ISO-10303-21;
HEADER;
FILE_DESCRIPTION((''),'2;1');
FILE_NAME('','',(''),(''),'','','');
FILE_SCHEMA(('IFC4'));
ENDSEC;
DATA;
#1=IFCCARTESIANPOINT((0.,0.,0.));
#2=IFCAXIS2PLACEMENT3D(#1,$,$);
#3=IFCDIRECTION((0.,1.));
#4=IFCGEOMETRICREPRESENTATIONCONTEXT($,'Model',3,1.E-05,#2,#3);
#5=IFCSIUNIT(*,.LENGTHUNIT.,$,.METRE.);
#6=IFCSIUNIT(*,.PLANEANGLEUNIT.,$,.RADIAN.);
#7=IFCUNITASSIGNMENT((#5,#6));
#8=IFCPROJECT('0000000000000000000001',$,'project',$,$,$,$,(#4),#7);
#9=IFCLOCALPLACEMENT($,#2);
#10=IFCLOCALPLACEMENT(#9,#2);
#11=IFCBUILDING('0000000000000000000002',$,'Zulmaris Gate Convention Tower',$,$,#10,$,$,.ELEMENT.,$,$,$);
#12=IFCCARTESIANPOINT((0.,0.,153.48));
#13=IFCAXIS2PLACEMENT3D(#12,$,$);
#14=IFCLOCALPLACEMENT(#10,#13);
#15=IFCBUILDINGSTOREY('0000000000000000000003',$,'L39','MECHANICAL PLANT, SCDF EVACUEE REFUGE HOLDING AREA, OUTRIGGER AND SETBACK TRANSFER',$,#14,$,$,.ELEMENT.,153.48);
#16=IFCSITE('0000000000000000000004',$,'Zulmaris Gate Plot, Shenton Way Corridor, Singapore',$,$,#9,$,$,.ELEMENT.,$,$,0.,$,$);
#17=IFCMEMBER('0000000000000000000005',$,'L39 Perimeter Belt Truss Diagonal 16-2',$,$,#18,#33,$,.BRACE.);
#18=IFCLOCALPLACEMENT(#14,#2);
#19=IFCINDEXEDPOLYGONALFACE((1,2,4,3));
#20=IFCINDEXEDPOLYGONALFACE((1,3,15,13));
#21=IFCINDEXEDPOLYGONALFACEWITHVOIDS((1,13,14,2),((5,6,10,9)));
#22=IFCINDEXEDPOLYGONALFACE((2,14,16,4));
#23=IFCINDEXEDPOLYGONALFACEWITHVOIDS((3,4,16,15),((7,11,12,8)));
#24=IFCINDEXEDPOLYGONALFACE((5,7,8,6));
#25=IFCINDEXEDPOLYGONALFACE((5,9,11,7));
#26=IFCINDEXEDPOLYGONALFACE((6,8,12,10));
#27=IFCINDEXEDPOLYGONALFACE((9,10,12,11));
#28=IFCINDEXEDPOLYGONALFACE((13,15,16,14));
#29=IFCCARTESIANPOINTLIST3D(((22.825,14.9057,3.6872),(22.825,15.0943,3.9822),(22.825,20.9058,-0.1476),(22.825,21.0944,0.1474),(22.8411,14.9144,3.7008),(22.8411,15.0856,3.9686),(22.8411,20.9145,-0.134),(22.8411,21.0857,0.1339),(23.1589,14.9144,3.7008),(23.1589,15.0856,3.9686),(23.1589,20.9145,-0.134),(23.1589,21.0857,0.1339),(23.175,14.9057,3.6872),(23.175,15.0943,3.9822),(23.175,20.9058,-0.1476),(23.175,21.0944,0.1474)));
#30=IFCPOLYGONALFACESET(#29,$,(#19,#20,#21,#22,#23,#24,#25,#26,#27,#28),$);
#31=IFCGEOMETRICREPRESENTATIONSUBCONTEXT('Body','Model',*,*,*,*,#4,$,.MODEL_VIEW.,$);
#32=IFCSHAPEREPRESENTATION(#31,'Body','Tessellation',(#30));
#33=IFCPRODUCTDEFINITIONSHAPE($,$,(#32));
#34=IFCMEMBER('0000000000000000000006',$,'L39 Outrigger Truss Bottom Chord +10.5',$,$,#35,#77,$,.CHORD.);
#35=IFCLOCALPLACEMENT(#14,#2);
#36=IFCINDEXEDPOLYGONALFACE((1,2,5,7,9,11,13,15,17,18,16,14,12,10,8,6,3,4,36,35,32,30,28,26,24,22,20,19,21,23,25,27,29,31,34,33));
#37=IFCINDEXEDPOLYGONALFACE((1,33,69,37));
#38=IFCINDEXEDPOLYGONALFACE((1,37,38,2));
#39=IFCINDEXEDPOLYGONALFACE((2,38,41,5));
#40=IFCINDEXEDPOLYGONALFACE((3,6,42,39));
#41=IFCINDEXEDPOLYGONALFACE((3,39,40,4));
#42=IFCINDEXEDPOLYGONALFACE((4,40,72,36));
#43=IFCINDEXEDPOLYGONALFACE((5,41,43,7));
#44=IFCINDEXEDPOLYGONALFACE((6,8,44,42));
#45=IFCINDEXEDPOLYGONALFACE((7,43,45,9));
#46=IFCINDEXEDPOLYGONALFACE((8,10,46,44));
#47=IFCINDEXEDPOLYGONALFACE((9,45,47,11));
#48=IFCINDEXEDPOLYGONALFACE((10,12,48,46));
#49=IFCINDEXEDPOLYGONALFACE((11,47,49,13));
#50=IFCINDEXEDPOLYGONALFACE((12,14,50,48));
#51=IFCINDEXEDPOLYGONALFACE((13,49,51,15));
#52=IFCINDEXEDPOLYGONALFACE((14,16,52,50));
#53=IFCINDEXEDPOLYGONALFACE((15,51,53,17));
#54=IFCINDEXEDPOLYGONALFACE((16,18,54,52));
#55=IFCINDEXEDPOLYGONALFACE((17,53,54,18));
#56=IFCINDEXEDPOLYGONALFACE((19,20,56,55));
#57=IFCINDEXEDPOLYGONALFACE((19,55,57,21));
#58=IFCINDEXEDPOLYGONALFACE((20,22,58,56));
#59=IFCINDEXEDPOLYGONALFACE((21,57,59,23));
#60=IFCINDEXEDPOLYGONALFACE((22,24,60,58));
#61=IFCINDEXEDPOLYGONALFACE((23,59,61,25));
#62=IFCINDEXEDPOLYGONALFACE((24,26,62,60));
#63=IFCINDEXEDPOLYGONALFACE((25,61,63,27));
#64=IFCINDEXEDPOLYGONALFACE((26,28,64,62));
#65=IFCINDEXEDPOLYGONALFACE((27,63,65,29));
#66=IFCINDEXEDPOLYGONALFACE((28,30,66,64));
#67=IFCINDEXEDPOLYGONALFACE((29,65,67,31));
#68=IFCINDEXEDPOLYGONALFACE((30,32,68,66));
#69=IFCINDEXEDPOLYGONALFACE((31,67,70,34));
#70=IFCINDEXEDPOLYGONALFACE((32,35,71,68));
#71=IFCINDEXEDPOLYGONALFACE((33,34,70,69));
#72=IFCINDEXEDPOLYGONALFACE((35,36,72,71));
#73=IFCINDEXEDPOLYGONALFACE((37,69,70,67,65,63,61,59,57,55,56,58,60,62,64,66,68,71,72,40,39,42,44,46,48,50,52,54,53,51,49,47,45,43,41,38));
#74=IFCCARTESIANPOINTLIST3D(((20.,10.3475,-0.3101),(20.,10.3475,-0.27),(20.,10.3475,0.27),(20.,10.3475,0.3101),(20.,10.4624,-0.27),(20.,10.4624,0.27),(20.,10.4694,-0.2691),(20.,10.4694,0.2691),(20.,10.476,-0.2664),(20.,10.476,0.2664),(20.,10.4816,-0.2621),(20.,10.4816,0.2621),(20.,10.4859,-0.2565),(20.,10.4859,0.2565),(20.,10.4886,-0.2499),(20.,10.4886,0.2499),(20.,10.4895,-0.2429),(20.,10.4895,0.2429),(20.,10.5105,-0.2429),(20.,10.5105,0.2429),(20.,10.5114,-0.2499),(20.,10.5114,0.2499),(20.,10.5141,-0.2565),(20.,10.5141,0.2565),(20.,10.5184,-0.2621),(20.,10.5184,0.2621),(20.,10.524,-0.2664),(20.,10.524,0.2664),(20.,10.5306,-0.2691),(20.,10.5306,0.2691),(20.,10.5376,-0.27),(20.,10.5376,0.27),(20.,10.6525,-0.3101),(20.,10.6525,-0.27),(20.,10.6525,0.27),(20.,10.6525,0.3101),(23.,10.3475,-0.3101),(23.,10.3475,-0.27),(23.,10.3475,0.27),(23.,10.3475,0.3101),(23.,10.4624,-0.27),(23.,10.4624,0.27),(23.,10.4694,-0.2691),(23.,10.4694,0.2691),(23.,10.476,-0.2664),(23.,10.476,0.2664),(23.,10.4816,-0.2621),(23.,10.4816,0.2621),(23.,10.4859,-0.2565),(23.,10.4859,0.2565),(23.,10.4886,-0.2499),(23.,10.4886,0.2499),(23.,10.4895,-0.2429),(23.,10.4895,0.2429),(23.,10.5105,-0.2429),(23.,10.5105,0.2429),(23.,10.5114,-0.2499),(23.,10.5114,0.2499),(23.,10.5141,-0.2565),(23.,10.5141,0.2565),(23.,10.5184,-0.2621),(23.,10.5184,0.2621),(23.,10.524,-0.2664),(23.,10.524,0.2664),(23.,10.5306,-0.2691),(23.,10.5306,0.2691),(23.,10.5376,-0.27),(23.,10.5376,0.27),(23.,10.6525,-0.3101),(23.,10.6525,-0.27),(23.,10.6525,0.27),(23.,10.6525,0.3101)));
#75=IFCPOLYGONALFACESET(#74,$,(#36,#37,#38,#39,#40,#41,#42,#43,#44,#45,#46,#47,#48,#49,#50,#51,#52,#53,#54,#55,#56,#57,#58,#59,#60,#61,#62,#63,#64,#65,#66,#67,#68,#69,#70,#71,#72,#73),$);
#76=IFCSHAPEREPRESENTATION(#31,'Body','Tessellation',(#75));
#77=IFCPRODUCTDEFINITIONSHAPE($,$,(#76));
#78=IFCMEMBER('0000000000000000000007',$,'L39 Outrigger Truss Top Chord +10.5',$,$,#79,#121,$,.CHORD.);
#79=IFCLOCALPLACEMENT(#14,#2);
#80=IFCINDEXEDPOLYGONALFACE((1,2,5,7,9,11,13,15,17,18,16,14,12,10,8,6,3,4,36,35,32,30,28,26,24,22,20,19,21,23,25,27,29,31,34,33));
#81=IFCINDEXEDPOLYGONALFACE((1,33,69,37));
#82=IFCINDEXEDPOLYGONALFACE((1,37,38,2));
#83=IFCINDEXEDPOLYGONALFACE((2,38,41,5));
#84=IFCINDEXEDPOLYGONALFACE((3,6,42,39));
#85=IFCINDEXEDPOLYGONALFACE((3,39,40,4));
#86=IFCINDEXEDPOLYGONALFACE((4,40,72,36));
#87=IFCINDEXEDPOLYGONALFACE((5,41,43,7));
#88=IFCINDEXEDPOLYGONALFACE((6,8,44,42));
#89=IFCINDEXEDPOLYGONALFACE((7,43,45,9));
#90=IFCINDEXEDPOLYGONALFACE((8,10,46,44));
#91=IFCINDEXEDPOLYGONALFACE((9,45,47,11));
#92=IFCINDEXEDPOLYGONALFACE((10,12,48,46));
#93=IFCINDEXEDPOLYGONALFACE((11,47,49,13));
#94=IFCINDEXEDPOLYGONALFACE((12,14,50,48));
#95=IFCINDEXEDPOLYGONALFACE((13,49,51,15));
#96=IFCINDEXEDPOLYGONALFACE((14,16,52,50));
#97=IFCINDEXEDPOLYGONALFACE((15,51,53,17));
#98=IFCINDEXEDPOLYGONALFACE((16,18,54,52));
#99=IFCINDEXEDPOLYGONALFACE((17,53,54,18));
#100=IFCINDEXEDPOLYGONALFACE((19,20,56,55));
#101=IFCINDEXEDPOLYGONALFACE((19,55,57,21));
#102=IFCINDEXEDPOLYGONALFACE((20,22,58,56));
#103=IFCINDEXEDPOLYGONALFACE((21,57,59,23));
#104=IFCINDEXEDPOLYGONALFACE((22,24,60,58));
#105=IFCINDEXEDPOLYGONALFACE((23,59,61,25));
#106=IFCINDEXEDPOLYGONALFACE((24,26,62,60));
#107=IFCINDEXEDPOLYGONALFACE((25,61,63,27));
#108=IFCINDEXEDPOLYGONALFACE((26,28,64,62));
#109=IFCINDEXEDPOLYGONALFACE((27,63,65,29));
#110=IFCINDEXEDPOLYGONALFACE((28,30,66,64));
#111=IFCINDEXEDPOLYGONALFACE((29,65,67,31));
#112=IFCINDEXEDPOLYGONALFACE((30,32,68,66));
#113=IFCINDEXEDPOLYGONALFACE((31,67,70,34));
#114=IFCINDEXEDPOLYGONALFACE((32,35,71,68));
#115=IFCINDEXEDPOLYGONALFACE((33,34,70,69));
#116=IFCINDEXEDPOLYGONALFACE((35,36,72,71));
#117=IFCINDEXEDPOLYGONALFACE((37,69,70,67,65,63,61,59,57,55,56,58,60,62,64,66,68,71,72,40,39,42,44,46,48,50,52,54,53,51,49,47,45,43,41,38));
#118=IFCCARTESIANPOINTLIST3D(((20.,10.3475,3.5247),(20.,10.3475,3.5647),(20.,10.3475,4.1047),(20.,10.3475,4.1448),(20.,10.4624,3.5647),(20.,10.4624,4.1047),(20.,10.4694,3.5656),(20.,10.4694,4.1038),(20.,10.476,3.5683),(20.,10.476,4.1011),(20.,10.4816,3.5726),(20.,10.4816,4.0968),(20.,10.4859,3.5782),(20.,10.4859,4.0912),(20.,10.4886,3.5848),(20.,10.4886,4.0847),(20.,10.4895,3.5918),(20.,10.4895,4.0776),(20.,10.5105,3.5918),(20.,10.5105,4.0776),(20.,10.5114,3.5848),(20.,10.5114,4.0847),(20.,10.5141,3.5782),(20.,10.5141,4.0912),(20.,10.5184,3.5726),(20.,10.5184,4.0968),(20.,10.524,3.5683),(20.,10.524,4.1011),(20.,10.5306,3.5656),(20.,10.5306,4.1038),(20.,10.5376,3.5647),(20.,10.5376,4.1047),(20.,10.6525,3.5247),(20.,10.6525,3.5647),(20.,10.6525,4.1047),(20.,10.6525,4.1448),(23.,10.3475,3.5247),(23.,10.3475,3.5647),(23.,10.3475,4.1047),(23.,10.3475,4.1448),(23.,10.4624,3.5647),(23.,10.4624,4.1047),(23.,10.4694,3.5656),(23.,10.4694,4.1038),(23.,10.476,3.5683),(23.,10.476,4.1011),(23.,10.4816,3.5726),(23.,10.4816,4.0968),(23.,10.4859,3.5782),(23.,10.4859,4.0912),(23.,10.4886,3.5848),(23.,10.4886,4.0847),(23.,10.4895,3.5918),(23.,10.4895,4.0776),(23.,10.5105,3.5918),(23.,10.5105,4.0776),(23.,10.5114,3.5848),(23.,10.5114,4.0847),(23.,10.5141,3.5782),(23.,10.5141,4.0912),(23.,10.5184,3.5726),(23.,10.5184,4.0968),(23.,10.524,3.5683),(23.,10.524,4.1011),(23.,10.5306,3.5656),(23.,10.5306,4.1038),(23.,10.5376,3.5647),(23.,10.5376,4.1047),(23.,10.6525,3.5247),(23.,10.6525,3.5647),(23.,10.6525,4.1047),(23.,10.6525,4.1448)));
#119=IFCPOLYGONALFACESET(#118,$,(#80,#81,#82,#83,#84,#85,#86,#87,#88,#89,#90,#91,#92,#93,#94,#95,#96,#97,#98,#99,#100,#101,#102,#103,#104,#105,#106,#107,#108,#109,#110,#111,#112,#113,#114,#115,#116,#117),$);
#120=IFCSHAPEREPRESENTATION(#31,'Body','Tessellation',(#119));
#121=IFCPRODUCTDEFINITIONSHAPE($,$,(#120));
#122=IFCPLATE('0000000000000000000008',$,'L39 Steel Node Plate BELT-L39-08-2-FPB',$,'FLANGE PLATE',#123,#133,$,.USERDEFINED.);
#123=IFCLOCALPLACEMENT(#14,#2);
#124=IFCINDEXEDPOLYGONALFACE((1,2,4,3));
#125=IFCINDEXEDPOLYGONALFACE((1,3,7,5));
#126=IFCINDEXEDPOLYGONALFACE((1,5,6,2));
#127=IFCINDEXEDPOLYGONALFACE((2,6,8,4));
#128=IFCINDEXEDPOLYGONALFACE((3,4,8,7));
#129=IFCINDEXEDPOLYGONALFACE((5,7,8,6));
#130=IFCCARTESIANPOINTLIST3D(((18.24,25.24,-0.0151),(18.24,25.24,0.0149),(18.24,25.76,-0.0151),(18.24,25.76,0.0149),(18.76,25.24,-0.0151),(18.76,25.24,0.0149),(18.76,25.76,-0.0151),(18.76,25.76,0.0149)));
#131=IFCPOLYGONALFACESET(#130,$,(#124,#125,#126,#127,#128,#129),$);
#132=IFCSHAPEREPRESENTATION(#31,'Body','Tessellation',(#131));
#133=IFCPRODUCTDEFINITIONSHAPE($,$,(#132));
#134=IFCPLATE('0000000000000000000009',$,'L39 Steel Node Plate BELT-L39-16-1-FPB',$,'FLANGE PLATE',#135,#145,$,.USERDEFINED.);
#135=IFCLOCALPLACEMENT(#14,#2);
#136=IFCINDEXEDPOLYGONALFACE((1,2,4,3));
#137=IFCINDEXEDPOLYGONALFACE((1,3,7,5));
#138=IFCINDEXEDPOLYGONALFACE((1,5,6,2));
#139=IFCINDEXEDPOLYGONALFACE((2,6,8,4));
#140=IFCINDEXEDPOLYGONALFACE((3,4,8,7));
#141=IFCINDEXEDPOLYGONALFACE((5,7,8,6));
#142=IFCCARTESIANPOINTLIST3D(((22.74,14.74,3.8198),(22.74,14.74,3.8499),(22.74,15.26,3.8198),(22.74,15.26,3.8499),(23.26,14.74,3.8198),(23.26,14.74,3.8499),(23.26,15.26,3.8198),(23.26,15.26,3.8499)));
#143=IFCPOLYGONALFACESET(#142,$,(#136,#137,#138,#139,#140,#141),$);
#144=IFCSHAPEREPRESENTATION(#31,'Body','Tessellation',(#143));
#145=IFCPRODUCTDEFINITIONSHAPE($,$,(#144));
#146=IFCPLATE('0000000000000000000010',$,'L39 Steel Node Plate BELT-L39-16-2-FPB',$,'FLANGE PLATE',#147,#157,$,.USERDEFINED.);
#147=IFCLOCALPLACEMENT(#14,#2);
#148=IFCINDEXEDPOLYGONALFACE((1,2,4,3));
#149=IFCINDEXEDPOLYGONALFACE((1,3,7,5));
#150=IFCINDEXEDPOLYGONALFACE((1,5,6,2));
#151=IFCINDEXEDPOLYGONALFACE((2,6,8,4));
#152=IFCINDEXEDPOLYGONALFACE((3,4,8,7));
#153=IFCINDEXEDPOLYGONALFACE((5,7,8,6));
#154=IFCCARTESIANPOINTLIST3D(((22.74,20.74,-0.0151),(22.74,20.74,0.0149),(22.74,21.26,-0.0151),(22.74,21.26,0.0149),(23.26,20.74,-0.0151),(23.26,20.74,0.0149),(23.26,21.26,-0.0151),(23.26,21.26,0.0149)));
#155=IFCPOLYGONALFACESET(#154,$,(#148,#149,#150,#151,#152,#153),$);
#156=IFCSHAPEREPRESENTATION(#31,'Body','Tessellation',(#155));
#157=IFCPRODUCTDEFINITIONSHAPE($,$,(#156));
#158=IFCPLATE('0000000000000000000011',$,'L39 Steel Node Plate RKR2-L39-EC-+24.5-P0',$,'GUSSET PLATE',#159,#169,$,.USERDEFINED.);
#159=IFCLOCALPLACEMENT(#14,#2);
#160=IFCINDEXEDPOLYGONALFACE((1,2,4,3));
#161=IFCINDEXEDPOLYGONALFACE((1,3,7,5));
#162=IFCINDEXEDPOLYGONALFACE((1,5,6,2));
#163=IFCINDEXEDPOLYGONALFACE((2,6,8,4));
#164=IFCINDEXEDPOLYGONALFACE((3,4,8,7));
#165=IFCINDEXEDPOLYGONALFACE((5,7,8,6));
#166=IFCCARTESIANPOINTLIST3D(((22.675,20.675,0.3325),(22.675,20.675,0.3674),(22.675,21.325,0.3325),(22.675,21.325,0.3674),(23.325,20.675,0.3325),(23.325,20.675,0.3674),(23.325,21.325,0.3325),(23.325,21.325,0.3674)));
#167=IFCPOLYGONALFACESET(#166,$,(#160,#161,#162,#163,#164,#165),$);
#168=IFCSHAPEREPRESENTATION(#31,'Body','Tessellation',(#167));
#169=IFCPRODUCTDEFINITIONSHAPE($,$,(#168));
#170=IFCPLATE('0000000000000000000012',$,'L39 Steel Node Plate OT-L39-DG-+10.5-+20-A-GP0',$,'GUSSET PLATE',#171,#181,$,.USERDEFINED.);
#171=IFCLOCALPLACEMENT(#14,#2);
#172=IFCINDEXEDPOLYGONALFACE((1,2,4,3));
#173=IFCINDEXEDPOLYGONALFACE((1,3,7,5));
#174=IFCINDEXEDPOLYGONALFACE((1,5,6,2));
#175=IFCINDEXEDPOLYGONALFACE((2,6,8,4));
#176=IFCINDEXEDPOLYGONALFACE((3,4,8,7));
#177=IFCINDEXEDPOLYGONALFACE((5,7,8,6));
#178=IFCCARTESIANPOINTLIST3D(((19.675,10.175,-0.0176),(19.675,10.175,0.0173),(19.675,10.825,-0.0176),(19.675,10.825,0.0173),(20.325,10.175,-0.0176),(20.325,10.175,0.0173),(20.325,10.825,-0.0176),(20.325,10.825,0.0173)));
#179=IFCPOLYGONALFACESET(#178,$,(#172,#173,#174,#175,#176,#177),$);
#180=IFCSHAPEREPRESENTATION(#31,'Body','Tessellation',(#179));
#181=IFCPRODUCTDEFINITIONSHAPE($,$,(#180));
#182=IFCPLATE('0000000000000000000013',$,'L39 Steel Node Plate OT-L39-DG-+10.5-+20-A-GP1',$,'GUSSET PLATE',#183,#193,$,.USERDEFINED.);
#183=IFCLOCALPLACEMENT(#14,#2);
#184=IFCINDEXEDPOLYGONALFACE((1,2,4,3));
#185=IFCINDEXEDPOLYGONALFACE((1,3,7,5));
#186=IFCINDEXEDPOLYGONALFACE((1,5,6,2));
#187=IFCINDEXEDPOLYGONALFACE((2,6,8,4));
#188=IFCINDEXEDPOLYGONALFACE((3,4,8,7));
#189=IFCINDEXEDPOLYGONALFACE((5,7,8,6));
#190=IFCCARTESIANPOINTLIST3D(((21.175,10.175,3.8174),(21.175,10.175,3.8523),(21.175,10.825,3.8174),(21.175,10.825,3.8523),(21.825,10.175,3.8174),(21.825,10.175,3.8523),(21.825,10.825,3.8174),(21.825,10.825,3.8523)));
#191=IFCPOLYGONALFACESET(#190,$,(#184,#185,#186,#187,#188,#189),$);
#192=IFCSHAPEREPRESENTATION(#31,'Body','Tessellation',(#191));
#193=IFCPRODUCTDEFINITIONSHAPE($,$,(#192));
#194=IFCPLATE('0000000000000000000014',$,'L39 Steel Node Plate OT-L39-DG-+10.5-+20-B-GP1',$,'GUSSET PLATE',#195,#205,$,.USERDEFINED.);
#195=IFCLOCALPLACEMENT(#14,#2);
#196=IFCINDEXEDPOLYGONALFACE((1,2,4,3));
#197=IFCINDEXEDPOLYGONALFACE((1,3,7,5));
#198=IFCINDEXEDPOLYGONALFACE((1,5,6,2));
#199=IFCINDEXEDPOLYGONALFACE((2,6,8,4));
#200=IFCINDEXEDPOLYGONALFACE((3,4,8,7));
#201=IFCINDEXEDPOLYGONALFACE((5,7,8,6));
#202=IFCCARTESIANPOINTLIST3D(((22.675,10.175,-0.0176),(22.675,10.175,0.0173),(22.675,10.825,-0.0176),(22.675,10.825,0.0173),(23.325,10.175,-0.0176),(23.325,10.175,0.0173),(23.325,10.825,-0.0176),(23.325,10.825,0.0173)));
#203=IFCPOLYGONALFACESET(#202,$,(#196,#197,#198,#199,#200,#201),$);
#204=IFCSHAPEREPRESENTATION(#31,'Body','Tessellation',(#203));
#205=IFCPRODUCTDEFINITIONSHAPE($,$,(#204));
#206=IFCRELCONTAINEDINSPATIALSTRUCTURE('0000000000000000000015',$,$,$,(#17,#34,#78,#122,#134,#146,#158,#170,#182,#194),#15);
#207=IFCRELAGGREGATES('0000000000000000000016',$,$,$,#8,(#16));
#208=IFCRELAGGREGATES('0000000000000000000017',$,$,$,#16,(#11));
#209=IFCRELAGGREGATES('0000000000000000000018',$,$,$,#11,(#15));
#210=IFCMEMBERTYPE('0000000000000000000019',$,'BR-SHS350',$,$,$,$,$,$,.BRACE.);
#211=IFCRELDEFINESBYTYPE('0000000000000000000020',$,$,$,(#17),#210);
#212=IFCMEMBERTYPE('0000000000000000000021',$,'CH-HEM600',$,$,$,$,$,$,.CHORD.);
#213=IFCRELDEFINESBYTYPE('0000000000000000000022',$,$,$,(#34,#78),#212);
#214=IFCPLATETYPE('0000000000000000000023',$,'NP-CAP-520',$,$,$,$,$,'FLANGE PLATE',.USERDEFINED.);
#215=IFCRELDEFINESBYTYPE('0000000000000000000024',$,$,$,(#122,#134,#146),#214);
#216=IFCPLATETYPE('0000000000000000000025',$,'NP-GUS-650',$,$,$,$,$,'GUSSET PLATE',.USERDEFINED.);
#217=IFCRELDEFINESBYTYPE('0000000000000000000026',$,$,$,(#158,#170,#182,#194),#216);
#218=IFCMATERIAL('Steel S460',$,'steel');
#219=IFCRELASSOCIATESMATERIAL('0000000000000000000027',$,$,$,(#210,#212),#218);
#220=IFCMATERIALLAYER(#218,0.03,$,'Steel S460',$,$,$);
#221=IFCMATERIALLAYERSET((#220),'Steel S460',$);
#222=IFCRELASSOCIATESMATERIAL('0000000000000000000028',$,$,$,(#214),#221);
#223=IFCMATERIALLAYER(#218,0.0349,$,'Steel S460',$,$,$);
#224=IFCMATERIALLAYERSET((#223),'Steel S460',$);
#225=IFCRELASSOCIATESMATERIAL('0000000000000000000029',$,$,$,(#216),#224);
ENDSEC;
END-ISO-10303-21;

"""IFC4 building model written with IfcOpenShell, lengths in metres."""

from ifc_helpers import new_model, si_unit, direction, frame, origin, origin_2d, place, context, subcontext, project, spatial, rectangle, hollow_rectangle, i_section, extrude, material, layer, layer_set, material_profile, profile_set, type_object, element, save


model = new_model("IFC4")

# Units and contexts
model_context = context("Model", 3, precision=1e-05, world=origin(), true_north=direction((0.0, 1.0)))
body_context = subcontext(model_context, "Body", "Model", "MODEL_VIEW")
ifc_project = project(units=[si_unit("LENGTHUNIT", "METRE"), si_unit("PLANEANGLEUNIT", "RADIAN")], contexts=[model_context])

# Site, building, storey
site_placement = place(None, origin())
site = spatial("IfcSite", under=ifc_project, at=site_placement, Name="Zulmaris Gate Plot, Shenton Way Corridor, Singapore", CompositionType="ELEMENT", RefElevation=0.0)
building_placement = place(site_placement, origin())
building = spatial("IfcBuilding", under=site, at=building_placement, Name="Zulmaris Gate Convention Tower", CompositionType="ELEMENT")
storey_placement = place(building_placement, frame((0.0, 0.0, 153.48)))
storey = spatial("IfcBuildingStorey", under=building, at=storey_placement, Name="L39", Description="MECHANICAL PLANT, SCDF EVACUEE REFUGE HOLDING AREA, OUTRIGGER AND SETBACK TRANSFER", CompositionType="ELEMENT", Elevation=153.48)

# Shared definitions
ifc_material_1 = material(Name="Steel S460", Category="steel")

# Members
ifc_material_profile_1 = material_profile(ifc_material_1, hollow_rectangle(XDim=0.3501, YDim=0.3501, WallThickness=0.0161, at=origin_2d()), Name="SHS 350x350x16")
ifc_profile_set_1 = profile_set([ifc_material_profile_1], Name="Steel S460")
member_type_1 = type_object("IfcMemberType", Name="BR-SHS350", PredefinedType="BRACE", material=ifc_profile_set_1)
member_1_placement = place(storey_placement, frame((23.0, 15.0, 3.8347), z_axis=(0.0, 0.842608, -0.538527), x_axis=(-1.0, 0.0, 0.0)))
element("IfcMember", 1, at=member_1_placement, inside=storey, type_object=member_type_1, Name="L39 Perimeter Belt Truss Diagonal 16-2", PredefinedType="BRACE", context=body_context, shape_type="SweptSolid", body=[
    extrude(hollow_rectangle(XDim=0.3501, YDim=0.3501, WallThickness=0.0161, at=origin_2d()), origin(), (0.0, 0.0, 1.0), 7.1208),
])
ifc_material_profile_2 = material_profile(ifc_material_1, i_section(OverallWidth=0.3049, OverallDepth=0.6201, WebThickness=0.021, FlangeThickness=0.04, FilletRadius=0.0271, at=origin_2d()), Name="HEM 600")
ifc_profile_set_2 = profile_set([ifc_material_profile_2], Name="Steel S460")
member_type_2 = type_object("IfcMemberType", Name="CH-HEM600", PredefinedType="CHORD", material=ifc_profile_set_2)
for number, where, z_axis, x_axis, name in (
    (2, (20.0, 10.5, 0.0), (1.0, 0.0, 0.0), (0.0, 1.0, 0.0), "L39 Outrigger Truss Bottom Chord +10.5"),
    (3, (20.0, 10.5, 3.8347), (1.0, 0.0, 0.0), (0.0, 1.0, 0.0), "L39 Outrigger Truss Top Chord +10.5"),
):
    element("IfcMember", number, at=place(storey_placement, frame(where, z_axis=z_axis, x_axis=x_axis)), inside=storey, type_object=member_type_2, Name=name, PredefinedType="CHORD", context=body_context, shape_type="SweptSolid", body=[
        extrude(i_section(OverallWidth=0.3049, OverallDepth=0.6201, WebThickness=0.021, FlangeThickness=0.04, FilletRadius=0.0271, at=origin_2d()), origin(), (0.0, 0.0, 1.0), 3.0),
    ])

# Plates
ifc_layer_1 = layer(ifc_material_1, 0.03, Name="Steel S460")
ifc_layer_set_1 = layer_set([ifc_layer_1], Name="Steel S460")
plate_type_1 = type_object("IfcPlateType", Name="NP-CAP-520", ElementType="FLANGE PLATE", PredefinedType="USERDEFINED", material=ifc_layer_set_1)
for number, where, z_axis, x_axis, name in (
    (4, (18.5, 25.5, -0.0151), (0.0, 0.0, 1.0), (1.0, 0.0, 0.0), "L39 Steel Node Plate BELT-L39-08-2-FPB"),
    (5, (23.0, 15.0, 3.8198), (0.0, 0.0, 1.0), (1.0, 0.0, 0.0), "L39 Steel Node Plate BELT-L39-16-1-FPB"),
    (6, (23.0, 21.0, -0.0151), (0.0, 0.0, 1.0), (1.0, 0.0, 0.0), "L39 Steel Node Plate BELT-L39-16-2-FPB"),
):
    element("IfcPlate", number, at=place(storey_placement, frame(where, z_axis=z_axis, x_axis=x_axis)), inside=storey, type_object=plate_type_1, Name=name, ObjectType="FLANGE PLATE", PredefinedType="USERDEFINED", context=body_context, shape_type="SweptSolid", body=[
        extrude(rectangle(XDim=0.52, YDim=0.52, at=origin_2d()), origin(), (0.0, 0.0, 1.0), 0.03),
    ])
ifc_layer_2 = layer(ifc_material_1, 0.0349, Name="Steel S460")
ifc_layer_set_2 = layer_set([ifc_layer_2], Name="Steel S460")
plate_type_2 = type_object("IfcPlateType", Name="NP-GUS-650", ElementType="GUSSET PLATE", PredefinedType="USERDEFINED", material=ifc_layer_set_2)
for number, where, z_axis, x_axis, name in (
    (7, (23.0, 21.0, 0.3325), (0.0, 0.0, 1.0), (1.0, 0.0, 0.0), "L39 Steel Node Plate RKR2-L39-EC-+24.5-P0"),
    (8, (20.0, 10.5, -0.0176), (0.0, 0.0, 1.0), (1.0, 0.0, 0.0), "L39 Steel Node Plate OT-L39-DG-+10.5-+20-A-GP0"),
    (9, (21.5, 10.5, 3.8174), (0.0, 0.0, 1.0), (1.0, 0.0, 0.0), "L39 Steel Node Plate OT-L39-DG-+10.5-+20-A-GP1"),
    (10, (23.0, 10.5, -0.0176), (0.0, 0.0, 1.0), (1.0, 0.0, 0.0), "L39 Steel Node Plate OT-L39-DG-+10.5-+20-B-GP1"),
):
    element("IfcPlate", number, at=place(storey_placement, frame(where, z_axis=z_axis, x_axis=x_axis)), inside=storey, type_object=plate_type_2, Name=name, ObjectType="GUSSET PLATE", PredefinedType="USERDEFINED", context=body_context, shape_type="SweptSolid", body=[
        extrude(rectangle(XDim=0.6499, YDim=0.6499, at=origin_2d()), origin(), (0.0, 0.0, 1.0), 0.0349),
    ])

save(model, "model.ifc")
